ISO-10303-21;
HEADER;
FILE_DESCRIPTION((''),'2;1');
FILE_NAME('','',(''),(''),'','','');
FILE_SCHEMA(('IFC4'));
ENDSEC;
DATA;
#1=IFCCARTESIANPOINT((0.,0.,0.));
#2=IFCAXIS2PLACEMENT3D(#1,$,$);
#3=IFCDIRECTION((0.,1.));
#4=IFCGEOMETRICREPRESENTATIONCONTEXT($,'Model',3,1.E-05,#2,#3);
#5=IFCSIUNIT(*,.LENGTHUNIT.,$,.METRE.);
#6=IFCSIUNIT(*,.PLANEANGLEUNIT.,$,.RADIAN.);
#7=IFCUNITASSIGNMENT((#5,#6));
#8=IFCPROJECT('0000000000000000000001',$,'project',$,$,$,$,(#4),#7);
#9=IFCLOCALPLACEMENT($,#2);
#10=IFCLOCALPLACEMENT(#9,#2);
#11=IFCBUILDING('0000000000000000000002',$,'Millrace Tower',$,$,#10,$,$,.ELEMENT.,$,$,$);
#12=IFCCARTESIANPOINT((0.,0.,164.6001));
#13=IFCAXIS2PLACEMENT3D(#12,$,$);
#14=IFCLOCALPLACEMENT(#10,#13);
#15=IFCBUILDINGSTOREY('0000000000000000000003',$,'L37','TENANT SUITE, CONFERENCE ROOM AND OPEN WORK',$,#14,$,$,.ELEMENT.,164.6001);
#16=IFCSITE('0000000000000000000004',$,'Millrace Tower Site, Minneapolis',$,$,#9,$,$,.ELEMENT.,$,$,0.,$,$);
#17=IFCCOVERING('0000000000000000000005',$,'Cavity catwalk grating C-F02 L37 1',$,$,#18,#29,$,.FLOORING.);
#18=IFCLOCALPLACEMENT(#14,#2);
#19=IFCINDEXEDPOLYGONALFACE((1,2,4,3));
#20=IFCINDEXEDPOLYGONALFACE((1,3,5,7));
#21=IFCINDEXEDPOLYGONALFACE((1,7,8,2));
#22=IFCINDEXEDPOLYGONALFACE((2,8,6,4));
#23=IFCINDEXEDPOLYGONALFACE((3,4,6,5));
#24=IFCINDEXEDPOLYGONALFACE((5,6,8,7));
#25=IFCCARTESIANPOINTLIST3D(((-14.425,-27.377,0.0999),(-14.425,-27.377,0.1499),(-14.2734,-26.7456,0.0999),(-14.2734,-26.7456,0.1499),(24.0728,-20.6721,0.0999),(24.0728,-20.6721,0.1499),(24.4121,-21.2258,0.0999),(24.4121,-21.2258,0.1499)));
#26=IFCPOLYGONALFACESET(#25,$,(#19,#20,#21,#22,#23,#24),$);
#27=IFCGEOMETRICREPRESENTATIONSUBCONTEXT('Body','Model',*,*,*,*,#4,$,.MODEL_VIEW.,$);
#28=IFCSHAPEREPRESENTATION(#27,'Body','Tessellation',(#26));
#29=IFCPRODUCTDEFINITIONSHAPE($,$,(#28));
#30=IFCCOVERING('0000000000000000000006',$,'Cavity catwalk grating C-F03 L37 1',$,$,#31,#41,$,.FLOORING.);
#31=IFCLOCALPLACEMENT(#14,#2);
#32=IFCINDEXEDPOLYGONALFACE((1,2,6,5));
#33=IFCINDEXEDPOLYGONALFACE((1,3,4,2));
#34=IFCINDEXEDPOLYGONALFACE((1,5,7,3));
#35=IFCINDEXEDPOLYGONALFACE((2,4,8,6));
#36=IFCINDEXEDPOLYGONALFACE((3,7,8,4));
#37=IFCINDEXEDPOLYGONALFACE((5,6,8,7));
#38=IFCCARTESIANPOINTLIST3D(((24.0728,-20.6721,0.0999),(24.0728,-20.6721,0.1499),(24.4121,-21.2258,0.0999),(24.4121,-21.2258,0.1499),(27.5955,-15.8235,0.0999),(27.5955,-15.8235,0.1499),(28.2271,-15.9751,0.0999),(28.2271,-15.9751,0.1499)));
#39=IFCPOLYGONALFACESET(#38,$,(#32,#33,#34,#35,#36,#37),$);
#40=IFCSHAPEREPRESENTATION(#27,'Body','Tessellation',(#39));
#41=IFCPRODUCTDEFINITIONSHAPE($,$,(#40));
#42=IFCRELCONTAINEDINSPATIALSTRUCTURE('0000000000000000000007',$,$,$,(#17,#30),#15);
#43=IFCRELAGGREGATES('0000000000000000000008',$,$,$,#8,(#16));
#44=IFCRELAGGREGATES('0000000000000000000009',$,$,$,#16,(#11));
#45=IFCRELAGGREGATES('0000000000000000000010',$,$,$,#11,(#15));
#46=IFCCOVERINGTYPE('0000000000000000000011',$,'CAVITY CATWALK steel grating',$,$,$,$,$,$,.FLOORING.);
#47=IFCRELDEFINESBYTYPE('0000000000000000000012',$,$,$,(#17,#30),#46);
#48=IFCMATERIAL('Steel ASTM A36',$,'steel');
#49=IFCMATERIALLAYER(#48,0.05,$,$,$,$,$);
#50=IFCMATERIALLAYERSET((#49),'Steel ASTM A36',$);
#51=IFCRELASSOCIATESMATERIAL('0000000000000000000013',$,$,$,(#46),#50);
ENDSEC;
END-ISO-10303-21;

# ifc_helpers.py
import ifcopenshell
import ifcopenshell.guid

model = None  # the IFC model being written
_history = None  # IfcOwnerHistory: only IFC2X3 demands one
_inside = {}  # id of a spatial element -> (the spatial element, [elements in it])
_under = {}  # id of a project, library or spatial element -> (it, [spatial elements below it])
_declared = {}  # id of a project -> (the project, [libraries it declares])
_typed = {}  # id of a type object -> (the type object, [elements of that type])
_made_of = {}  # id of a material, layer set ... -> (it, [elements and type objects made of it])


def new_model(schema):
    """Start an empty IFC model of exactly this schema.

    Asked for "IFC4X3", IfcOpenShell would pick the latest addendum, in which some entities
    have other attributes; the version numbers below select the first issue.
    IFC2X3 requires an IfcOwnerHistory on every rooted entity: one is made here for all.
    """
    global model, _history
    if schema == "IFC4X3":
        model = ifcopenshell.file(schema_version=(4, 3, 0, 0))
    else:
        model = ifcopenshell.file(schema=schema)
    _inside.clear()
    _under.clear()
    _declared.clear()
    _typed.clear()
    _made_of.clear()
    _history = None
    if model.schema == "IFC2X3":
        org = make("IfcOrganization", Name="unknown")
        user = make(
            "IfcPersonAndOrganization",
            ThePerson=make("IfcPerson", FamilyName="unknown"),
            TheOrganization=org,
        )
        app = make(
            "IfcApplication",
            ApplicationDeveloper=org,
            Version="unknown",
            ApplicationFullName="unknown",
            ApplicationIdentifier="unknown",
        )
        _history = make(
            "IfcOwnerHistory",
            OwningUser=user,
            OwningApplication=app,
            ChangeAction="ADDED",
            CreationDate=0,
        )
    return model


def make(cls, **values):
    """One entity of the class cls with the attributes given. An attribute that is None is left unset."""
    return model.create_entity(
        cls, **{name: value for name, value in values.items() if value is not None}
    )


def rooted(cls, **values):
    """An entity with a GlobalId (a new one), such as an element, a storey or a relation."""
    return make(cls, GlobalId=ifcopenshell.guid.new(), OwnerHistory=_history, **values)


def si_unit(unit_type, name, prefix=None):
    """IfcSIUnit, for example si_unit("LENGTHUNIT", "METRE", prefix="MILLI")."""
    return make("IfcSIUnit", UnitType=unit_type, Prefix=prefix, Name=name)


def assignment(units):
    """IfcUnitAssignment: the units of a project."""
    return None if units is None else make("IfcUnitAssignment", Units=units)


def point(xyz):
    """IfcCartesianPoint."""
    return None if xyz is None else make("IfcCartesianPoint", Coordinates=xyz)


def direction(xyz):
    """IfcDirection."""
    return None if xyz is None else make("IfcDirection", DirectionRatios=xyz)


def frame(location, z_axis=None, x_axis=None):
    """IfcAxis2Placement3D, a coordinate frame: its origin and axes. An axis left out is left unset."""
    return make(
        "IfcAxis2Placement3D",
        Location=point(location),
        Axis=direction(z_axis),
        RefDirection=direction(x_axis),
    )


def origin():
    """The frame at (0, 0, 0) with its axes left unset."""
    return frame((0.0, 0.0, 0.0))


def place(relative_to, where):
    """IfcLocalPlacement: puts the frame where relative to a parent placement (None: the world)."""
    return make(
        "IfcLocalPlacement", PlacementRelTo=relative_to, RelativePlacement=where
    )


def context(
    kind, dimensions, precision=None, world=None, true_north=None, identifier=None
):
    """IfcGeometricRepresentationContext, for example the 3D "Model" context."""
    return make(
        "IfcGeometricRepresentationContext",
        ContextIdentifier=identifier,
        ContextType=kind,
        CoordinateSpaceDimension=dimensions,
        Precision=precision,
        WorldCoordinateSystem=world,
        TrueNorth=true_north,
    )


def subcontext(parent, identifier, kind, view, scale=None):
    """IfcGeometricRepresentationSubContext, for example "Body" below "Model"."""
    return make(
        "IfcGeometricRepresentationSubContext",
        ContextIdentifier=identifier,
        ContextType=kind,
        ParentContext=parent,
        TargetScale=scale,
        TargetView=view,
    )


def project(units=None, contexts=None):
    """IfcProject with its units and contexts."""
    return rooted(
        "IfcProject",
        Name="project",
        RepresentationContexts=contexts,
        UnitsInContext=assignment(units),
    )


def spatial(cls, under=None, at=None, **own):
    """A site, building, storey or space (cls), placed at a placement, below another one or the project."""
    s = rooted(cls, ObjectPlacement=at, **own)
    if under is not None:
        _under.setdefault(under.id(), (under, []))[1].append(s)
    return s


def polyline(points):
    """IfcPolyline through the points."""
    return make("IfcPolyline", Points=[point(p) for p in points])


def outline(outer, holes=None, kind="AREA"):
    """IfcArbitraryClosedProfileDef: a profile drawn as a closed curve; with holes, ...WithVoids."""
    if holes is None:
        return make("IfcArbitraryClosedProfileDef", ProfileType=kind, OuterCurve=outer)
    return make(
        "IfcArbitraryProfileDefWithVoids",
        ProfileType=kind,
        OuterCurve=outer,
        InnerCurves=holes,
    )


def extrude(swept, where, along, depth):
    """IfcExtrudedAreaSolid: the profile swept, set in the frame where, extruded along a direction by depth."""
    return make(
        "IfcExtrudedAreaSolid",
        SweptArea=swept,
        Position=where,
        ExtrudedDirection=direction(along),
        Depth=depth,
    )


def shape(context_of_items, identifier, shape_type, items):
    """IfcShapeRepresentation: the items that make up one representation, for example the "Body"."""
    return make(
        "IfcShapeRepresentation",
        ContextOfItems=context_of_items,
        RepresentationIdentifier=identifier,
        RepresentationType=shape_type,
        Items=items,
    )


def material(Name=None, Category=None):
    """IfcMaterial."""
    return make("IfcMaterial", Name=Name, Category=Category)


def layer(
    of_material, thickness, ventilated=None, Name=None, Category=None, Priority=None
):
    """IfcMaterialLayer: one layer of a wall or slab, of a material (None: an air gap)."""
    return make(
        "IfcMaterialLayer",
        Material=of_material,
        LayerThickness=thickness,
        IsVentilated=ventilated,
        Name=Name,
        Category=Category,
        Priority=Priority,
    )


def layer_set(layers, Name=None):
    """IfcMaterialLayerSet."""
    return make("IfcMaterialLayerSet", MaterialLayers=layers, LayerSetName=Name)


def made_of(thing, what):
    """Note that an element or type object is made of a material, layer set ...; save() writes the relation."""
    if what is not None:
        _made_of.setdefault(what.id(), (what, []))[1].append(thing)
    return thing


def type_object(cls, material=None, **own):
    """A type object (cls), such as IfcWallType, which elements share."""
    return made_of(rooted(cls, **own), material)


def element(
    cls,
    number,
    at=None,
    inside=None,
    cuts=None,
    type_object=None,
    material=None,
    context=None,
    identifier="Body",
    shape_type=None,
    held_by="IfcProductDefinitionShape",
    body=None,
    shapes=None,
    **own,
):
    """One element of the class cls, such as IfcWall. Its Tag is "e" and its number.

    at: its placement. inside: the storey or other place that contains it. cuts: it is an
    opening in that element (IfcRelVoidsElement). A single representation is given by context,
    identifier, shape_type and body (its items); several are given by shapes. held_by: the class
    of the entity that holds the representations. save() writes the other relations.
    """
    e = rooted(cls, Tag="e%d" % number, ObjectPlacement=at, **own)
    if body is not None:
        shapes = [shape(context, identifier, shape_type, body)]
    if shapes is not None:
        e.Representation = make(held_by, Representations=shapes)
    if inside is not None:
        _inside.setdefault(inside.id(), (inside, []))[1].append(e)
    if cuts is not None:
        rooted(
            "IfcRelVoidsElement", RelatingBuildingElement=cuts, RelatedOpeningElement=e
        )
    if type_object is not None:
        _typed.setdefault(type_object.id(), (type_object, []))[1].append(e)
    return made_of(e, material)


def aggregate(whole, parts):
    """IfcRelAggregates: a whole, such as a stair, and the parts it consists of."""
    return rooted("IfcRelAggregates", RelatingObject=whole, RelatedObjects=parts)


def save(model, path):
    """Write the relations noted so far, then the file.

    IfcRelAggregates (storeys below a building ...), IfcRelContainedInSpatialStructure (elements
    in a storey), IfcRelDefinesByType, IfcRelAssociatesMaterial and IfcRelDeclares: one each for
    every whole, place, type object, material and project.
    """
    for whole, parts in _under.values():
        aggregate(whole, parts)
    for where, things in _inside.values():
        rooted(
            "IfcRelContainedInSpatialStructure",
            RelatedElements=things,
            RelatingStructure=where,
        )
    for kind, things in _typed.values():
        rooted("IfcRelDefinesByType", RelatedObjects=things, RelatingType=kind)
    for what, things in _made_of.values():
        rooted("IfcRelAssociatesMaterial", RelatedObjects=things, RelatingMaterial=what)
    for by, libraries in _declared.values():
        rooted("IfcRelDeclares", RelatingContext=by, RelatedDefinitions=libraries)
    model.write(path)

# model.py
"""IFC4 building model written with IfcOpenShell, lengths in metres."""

from ifc_helpers import new_model, si_unit, direction, frame, origin, place, context, subcontext, project, spatial, polyline, outline, extrude, material, layer, layer_set, type_object, element, save


model = new_model("IFC4")

# Units and contexts
model_context = context("Model", 3, precision=1e-05, world=origin(), true_north=direction((0.0, 1.0)))
body_context = subcontext(model_context, "Body", "Model", "MODEL_VIEW")
ifc_project = project(units=[si_unit("LENGTHUNIT", "METRE"), si_unit("PLANEANGLEUNIT", "RADIAN")], contexts=[model_context])

# Site, building, storey
site_placement = place(None, origin())
site = spatial("IfcSite", under=ifc_project, at=site_placement, Name="Millrace Tower Site, Minneapolis", CompositionType="ELEMENT", RefElevation=0.0)
building_placement = place(site_placement, origin())
building = spatial("IfcBuilding", under=site, at=building_placement, Name="Millrace Tower", CompositionType="ELEMENT")
storey_placement = place(building_placement, frame((0.0, 0.0, 164.6001)))
storey = spatial("IfcBuildingStorey", under=building, at=storey_placement, Name="L37", Description="TENANT SUITE, CONFERENCE ROOM AND OPEN WORK", CompositionType="ELEMENT", Elevation=164.6001)

# Coverings
ifc_material_1 = material(Name="Steel ASTM A36", Category="steel")
ifc_layer_1 = layer(ifc_material_1, 0.05)
ifc_layer_set_1 = layer_set([ifc_layer_1], Name="Steel ASTM A36")
covering_type = type_object("IfcCoveringType", Name="CAVITY CATWALK steel grating", PredefinedType="FLOORING", material=ifc_layer_set_1)
placement_1 = place(storey_placement, frame((0.0, 0.0, 0.0999)))
element("IfcCovering", 1, at=placement_1, inside=storey, type_object=covering_type, Name="Cavity catwalk grating C-F02 L37 1", PredefinedType="FLOORING", context=body_context, shape_type="SweptSolid", body=[
    extrude(outline(polyline([(-14.425, -27.377), (24.4121, -21.2258), (24.0728, -20.6721), (-14.2734, -26.7456), (-14.425, -27.377)])), origin(), (0.0, 0.0, 1.0), 0.05),
])
element("IfcCovering", 2, at=placement_1, inside=storey, type_object=covering_type, Name="Cavity catwalk grating C-F03 L37 1", PredefinedType="FLOORING", context=body_context, shape_type="SweptSolid", body=[
    extrude(outline(polyline([(24.4121, -21.2258), (28.2271, -15.9751), (27.5955, -15.8235), (24.0728, -20.6721), (24.4121, -21.2258)])), origin(), (0.0, 0.0, 1.0), 0.05),
])

save(model, "model.ifc")
